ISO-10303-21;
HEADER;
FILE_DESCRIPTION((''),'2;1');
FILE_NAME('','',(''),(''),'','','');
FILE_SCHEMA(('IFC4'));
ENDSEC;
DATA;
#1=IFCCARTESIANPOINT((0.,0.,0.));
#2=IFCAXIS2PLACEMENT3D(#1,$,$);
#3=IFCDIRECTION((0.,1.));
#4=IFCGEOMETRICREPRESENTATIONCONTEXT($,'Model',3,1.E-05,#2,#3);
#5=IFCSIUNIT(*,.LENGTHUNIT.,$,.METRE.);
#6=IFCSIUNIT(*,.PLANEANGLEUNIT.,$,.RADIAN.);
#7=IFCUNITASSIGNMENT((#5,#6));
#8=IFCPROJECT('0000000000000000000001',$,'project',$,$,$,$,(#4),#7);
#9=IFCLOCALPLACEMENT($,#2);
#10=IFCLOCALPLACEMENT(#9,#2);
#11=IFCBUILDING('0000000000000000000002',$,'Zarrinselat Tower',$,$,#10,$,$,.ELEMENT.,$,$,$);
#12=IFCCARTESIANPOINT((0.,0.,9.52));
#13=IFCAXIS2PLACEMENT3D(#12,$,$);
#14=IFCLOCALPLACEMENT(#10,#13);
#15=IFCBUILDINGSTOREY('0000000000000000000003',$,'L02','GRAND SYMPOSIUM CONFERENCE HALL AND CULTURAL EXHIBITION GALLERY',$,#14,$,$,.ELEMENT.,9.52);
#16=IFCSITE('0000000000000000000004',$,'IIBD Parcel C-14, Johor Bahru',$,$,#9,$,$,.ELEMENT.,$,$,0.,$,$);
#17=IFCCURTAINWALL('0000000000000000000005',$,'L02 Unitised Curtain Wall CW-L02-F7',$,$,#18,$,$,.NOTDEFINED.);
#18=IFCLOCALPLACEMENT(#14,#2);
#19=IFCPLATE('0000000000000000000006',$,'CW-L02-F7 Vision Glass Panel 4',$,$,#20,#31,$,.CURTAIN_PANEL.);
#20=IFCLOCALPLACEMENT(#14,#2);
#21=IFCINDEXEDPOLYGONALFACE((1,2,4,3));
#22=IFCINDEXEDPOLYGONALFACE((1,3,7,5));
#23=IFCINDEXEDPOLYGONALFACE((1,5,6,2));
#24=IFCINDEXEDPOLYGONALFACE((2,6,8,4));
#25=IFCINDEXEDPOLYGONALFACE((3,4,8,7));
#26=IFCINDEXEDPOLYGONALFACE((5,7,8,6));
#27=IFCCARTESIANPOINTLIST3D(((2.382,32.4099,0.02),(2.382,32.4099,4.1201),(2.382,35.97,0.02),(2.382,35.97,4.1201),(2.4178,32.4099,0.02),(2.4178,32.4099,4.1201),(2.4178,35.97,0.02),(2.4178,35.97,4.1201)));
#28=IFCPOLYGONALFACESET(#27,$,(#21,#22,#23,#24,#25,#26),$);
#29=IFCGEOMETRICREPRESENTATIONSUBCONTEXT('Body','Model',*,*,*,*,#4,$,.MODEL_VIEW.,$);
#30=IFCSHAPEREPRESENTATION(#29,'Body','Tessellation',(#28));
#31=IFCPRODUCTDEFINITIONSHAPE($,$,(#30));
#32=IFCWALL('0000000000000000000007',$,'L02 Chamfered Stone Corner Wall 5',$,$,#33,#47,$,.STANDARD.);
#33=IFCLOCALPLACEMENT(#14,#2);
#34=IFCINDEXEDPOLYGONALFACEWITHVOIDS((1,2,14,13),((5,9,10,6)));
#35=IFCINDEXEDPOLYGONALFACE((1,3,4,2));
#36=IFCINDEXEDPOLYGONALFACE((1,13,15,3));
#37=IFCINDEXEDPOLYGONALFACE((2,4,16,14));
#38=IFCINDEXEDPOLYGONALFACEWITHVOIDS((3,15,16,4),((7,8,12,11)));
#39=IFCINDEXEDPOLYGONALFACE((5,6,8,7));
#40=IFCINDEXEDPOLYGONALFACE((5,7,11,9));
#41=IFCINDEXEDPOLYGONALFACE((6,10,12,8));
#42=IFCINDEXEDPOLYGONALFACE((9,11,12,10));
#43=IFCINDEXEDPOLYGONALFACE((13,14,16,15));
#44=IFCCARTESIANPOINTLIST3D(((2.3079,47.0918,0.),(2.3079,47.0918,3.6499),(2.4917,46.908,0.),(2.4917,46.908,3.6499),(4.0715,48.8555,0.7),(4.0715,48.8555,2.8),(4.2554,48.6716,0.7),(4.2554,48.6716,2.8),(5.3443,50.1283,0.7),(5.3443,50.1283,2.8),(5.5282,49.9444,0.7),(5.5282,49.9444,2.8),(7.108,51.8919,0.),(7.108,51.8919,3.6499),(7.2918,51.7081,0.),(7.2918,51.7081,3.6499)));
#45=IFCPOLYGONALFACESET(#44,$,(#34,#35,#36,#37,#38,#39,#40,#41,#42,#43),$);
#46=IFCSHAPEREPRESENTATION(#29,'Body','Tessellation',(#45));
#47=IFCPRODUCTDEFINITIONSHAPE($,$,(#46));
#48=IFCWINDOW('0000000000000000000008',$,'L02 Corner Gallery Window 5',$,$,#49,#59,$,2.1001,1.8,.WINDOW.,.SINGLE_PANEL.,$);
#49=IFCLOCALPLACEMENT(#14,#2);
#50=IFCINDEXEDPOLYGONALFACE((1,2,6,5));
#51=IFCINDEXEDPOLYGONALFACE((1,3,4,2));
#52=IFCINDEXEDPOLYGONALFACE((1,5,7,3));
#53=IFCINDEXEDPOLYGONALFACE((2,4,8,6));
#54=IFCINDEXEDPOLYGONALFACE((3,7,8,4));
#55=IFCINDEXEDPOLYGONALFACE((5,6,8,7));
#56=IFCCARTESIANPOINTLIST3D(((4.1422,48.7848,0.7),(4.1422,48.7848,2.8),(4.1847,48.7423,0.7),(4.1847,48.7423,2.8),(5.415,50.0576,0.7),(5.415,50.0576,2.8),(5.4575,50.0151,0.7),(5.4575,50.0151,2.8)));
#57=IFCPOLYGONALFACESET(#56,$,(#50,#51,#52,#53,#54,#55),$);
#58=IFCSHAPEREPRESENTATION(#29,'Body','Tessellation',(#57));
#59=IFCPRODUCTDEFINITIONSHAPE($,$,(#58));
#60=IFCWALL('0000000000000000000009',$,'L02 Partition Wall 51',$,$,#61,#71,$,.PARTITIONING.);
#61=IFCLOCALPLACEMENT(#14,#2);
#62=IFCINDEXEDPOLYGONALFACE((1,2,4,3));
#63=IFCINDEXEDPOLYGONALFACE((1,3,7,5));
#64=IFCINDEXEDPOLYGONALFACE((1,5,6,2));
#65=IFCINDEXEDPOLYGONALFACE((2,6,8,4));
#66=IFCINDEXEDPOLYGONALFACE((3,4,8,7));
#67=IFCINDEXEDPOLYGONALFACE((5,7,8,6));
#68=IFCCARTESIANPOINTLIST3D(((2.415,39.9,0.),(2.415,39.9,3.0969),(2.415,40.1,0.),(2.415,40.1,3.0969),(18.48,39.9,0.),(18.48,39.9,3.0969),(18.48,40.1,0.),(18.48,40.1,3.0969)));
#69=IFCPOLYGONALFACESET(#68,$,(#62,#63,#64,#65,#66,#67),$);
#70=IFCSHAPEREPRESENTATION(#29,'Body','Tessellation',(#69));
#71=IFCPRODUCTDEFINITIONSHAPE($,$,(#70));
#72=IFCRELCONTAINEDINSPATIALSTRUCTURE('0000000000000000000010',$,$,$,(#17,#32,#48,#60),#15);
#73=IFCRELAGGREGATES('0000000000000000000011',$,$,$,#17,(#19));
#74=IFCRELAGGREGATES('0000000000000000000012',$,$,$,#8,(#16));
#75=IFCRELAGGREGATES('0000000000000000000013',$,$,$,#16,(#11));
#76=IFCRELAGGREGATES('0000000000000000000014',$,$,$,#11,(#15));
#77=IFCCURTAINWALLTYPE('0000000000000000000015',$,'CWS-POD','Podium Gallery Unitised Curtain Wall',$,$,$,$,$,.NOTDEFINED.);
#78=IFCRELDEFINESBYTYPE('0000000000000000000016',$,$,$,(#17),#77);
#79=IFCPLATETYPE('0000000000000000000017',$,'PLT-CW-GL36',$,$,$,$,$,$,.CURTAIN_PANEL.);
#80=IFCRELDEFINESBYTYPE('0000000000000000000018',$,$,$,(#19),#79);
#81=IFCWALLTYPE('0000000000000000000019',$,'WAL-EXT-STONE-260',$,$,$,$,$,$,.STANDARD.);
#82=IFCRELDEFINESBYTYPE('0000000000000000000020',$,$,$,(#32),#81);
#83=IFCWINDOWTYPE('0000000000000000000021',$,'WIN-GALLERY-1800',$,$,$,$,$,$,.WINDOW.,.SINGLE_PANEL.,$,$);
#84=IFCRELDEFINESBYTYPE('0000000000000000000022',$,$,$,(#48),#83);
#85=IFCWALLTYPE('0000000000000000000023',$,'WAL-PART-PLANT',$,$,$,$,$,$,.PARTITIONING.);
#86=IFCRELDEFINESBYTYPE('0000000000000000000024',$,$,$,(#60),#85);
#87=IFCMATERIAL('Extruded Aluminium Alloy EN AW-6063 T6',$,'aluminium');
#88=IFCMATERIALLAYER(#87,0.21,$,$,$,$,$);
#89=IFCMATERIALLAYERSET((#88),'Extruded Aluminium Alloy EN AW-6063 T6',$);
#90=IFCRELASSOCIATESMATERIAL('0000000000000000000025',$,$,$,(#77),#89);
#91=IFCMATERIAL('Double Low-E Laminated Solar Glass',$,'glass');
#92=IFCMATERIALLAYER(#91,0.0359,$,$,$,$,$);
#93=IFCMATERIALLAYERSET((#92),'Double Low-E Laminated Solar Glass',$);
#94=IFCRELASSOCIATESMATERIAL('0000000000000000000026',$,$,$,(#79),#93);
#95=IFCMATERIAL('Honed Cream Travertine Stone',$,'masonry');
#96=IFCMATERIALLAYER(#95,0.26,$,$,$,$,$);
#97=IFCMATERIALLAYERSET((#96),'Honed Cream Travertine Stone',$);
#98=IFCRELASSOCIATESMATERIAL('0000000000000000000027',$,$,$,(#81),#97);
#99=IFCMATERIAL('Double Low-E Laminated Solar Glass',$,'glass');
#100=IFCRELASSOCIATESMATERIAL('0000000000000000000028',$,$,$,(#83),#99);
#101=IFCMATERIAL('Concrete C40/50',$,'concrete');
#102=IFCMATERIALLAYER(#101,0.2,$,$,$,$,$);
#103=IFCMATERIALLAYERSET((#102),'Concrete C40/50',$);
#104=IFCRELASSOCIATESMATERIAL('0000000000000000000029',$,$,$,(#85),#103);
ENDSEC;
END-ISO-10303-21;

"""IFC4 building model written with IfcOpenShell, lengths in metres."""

from ifc_helpers import new_model, si_unit, direction, frame, frame_2d, origin, origin_2d, place, context, subcontext, project, spatial, rectangle, extrude, material, layer, layer_set, type_object, element, fill, aggregate, save


model = new_model("IFC4")

# Units and contexts
model_context = context("Model", 3, precision=1e-05, world=origin(), true_north=direction((0.0, 1.0)))
body_context = subcontext(model_context, "Body", "Model", "MODEL_VIEW")
ifc_project = project(units=[si_unit("LENGTHUNIT", "METRE"), si_unit("PLANEANGLEUNIT", "RADIAN")], contexts=[model_context])

# Site, building, storey
site_placement = place(None, origin())
site = spatial("IfcSite", under=ifc_project, at=site_placement, Name="IIBD Parcel C-14, Johor Bahru", CompositionType="ELEMENT", RefElevation=0.0)
building_placement = place(site_placement, origin())
building = spatial("IfcBuilding", under=site, at=building_placement, Name="Zarrinselat Tower", CompositionType="ELEMENT")
storey_placement = place(building_placement, frame((0.0, 0.0, 9.52)))
storey = spatial("IfcBuildingStorey", under=building, at=storey_placement, Name="L02", Description="GRAND SYMPOSIUM CONFERENCE HALL AND CULTURAL EXHIBITION GALLERY", CompositionType="ELEMENT", Elevation=9.52)

# Shared definitions
ifc_material_1 = material(Name="Extruded Aluminium Alloy EN AW-6063 T6", Category="aluminium")
ifc_layer_1 = layer(ifc_material_1, 0.21)
ifc_layer_set_1 = layer_set([ifc_layer_1], Name="Extruded Aluminium Alloy EN AW-6063 T6")
curtain_wall_type = type_object("IfcCurtainWallType", Name="CWS-POD", Description="Podium Gallery Unitised Curtain Wall", PredefinedType="NOTDEFINED", material=ifc_layer_set_1)

# Curtain wall
curtain_wall_1_placement = place(storey_placement, origin())
curtain_wall_1 = element("IfcCurtainWall", 1, at=curtain_wall_1_placement, inside=storey, type_object=curtain_wall_type, Name="L02 Unitised Curtain Wall CW-L02-F7", PredefinedType="NOTDEFINED")

# Plate
ifc_material_2 = material(Name="Double Low-E Laminated Solar Glass", Category="glass")
ifc_layer_2 = layer(ifc_material_2, 0.0359)
ifc_layer_set_2 = layer_set([ifc_layer_2], Name="Double Low-E Laminated Solar Glass")
plate_type = type_object("IfcPlateType", Name="PLT-CW-GL36", PredefinedType="CURTAIN_PANEL", material=ifc_layer_set_2)
plate_1_placement = place(storey_placement, frame((2.3999, 34.1899, 0.02), z_axis=(0.0, 0.0, 1.0), x_axis=(0.0, -1.0, 0.0)))
plate_1 = element("IfcPlate", 2, at=plate_1_placement, type_object=plate_type, Name="CW-L02-F7 Vision Glass Panel 4", PredefinedType="CURTAIN_PANEL", context=body_context, shape_type="SweptSolid", body=[
    extrude(rectangle(XDim=3.5601, YDim=0.0359, at=origin_2d()), origin(), (0.0, 0.0, 1.0), 4.1001),
])
aggregate(curtain_wall_1, [plate_1])

# Wall, opening, window
ifc_material_3 = material(Name="Honed Cream Travertine Stone", Category="masonry")
ifc_layer_3 = layer(ifc_material_3, 0.26)
ifc_layer_set_3 = layer_set([ifc_layer_3], Name="Honed Cream Travertine Stone")
wall_type_1 = type_object("IfcWallType", Name="WAL-EXT-STONE-260", PredefinedType="STANDARD", material=ifc_layer_set_3)
wall_1_placement = place(storey_placement, frame((2.3999, 47.0, 0.0), z_axis=(0.0, 0.0, 1.0), x_axis=(0.707107, 0.707107, 0.0)))
wall_1 = element("IfcWall", 3, at=wall_1_placement, inside=storey, type_object=wall_type_1, Name="L02 Chamfered Stone Corner Wall 5", PredefinedType="STANDARD", context=body_context, shape_type="SweptSolid", body=[
    extrude(rectangle(XDim=6.7883, YDim=0.26, at=frame_2d((3.394, 0.0))), origin(), (0.0, 0.0, 1.0), 3.6499),
])
opening_placement = place(wall_1_placement, frame((2.4941, 0.0, 0.7)))
opening = element("IfcOpeningElement", 4, at=opening_placement, cuts=wall_1, PredefinedType="OPENING", context=body_context, shape_type="SweptSolid", body=[
    extrude(rectangle(XDim=1.8, YDim=2.1001, at=frame_2d((0.8999, 1.05))), frame((0.0, 0.1399, 0.0), z_axis=(0.0, -1.0, 0.0), x_axis=(1.0, 0.0, 0.0)), (0.0, 0.0, 1.0), 0.28),
])
ifc_material_4 = material(Name="Double Low-E Laminated Solar Glass", Category="glass")
window_type = type_object("IfcWindowType", Name="WIN-GALLERY-1800", PartitioningType="SINGLE_PANEL", PredefinedType="WINDOW", material=ifc_material_4)
window_placement = place(opening_placement, origin())
window = element("IfcWindow", 5, at=window_placement, inside=storey, type_object=window_type, Name="L02 Corner Gallery Window 5", OverallHeight=2.1001, OverallWidth=1.8, PartitioningType="SINGLE_PANEL", PredefinedType="WINDOW", context=body_context, shape_type="SweptSolid", body=[
    extrude(rectangle(XDim=1.8, YDim=2.1001, at=frame_2d((0.8999, 1.05))), frame((0.0, 0.03, 0.0), z_axis=(0.0, -1.0, 0.0), x_axis=(1.0, 0.0, 0.0)), (0.0, 0.0, 1.0), 0.0601),
])
fill(opening, window)

# Wall
ifc_material_5 = material(Name="Concrete C40/50", Category="concrete")
ifc_layer_4 = layer(ifc_material_5, 0.2)
ifc_layer_set_4 = layer_set([ifc_layer_4], Name="Concrete C40/50")
wall_type_2 = type_object("IfcWallType", Name="WAL-PART-PLANT", PredefinedType="PARTITIONING", material=ifc_layer_set_4)
wall_2_placement = place(storey_placement, frame((2.415, 40.0, 0.0), z_axis=(0.0, 0.0, 1.0), x_axis=(1.0, 0.0, 0.0)))
element("IfcWall", 6, at=wall_2_placement, inside=storey, type_object=wall_type_2, Name="L02 Partition Wall 51", PredefinedType="PARTITIONING", context=body_context, shape_type="SweptSolid", body=[
    extrude(rectangle(XDim=16.0649, YDim=0.2, at=frame_2d((8.0325, 0.0))), origin(), (0.0, 0.0, 1.0), 3.0969),
])

save(model, "model.ifc")
